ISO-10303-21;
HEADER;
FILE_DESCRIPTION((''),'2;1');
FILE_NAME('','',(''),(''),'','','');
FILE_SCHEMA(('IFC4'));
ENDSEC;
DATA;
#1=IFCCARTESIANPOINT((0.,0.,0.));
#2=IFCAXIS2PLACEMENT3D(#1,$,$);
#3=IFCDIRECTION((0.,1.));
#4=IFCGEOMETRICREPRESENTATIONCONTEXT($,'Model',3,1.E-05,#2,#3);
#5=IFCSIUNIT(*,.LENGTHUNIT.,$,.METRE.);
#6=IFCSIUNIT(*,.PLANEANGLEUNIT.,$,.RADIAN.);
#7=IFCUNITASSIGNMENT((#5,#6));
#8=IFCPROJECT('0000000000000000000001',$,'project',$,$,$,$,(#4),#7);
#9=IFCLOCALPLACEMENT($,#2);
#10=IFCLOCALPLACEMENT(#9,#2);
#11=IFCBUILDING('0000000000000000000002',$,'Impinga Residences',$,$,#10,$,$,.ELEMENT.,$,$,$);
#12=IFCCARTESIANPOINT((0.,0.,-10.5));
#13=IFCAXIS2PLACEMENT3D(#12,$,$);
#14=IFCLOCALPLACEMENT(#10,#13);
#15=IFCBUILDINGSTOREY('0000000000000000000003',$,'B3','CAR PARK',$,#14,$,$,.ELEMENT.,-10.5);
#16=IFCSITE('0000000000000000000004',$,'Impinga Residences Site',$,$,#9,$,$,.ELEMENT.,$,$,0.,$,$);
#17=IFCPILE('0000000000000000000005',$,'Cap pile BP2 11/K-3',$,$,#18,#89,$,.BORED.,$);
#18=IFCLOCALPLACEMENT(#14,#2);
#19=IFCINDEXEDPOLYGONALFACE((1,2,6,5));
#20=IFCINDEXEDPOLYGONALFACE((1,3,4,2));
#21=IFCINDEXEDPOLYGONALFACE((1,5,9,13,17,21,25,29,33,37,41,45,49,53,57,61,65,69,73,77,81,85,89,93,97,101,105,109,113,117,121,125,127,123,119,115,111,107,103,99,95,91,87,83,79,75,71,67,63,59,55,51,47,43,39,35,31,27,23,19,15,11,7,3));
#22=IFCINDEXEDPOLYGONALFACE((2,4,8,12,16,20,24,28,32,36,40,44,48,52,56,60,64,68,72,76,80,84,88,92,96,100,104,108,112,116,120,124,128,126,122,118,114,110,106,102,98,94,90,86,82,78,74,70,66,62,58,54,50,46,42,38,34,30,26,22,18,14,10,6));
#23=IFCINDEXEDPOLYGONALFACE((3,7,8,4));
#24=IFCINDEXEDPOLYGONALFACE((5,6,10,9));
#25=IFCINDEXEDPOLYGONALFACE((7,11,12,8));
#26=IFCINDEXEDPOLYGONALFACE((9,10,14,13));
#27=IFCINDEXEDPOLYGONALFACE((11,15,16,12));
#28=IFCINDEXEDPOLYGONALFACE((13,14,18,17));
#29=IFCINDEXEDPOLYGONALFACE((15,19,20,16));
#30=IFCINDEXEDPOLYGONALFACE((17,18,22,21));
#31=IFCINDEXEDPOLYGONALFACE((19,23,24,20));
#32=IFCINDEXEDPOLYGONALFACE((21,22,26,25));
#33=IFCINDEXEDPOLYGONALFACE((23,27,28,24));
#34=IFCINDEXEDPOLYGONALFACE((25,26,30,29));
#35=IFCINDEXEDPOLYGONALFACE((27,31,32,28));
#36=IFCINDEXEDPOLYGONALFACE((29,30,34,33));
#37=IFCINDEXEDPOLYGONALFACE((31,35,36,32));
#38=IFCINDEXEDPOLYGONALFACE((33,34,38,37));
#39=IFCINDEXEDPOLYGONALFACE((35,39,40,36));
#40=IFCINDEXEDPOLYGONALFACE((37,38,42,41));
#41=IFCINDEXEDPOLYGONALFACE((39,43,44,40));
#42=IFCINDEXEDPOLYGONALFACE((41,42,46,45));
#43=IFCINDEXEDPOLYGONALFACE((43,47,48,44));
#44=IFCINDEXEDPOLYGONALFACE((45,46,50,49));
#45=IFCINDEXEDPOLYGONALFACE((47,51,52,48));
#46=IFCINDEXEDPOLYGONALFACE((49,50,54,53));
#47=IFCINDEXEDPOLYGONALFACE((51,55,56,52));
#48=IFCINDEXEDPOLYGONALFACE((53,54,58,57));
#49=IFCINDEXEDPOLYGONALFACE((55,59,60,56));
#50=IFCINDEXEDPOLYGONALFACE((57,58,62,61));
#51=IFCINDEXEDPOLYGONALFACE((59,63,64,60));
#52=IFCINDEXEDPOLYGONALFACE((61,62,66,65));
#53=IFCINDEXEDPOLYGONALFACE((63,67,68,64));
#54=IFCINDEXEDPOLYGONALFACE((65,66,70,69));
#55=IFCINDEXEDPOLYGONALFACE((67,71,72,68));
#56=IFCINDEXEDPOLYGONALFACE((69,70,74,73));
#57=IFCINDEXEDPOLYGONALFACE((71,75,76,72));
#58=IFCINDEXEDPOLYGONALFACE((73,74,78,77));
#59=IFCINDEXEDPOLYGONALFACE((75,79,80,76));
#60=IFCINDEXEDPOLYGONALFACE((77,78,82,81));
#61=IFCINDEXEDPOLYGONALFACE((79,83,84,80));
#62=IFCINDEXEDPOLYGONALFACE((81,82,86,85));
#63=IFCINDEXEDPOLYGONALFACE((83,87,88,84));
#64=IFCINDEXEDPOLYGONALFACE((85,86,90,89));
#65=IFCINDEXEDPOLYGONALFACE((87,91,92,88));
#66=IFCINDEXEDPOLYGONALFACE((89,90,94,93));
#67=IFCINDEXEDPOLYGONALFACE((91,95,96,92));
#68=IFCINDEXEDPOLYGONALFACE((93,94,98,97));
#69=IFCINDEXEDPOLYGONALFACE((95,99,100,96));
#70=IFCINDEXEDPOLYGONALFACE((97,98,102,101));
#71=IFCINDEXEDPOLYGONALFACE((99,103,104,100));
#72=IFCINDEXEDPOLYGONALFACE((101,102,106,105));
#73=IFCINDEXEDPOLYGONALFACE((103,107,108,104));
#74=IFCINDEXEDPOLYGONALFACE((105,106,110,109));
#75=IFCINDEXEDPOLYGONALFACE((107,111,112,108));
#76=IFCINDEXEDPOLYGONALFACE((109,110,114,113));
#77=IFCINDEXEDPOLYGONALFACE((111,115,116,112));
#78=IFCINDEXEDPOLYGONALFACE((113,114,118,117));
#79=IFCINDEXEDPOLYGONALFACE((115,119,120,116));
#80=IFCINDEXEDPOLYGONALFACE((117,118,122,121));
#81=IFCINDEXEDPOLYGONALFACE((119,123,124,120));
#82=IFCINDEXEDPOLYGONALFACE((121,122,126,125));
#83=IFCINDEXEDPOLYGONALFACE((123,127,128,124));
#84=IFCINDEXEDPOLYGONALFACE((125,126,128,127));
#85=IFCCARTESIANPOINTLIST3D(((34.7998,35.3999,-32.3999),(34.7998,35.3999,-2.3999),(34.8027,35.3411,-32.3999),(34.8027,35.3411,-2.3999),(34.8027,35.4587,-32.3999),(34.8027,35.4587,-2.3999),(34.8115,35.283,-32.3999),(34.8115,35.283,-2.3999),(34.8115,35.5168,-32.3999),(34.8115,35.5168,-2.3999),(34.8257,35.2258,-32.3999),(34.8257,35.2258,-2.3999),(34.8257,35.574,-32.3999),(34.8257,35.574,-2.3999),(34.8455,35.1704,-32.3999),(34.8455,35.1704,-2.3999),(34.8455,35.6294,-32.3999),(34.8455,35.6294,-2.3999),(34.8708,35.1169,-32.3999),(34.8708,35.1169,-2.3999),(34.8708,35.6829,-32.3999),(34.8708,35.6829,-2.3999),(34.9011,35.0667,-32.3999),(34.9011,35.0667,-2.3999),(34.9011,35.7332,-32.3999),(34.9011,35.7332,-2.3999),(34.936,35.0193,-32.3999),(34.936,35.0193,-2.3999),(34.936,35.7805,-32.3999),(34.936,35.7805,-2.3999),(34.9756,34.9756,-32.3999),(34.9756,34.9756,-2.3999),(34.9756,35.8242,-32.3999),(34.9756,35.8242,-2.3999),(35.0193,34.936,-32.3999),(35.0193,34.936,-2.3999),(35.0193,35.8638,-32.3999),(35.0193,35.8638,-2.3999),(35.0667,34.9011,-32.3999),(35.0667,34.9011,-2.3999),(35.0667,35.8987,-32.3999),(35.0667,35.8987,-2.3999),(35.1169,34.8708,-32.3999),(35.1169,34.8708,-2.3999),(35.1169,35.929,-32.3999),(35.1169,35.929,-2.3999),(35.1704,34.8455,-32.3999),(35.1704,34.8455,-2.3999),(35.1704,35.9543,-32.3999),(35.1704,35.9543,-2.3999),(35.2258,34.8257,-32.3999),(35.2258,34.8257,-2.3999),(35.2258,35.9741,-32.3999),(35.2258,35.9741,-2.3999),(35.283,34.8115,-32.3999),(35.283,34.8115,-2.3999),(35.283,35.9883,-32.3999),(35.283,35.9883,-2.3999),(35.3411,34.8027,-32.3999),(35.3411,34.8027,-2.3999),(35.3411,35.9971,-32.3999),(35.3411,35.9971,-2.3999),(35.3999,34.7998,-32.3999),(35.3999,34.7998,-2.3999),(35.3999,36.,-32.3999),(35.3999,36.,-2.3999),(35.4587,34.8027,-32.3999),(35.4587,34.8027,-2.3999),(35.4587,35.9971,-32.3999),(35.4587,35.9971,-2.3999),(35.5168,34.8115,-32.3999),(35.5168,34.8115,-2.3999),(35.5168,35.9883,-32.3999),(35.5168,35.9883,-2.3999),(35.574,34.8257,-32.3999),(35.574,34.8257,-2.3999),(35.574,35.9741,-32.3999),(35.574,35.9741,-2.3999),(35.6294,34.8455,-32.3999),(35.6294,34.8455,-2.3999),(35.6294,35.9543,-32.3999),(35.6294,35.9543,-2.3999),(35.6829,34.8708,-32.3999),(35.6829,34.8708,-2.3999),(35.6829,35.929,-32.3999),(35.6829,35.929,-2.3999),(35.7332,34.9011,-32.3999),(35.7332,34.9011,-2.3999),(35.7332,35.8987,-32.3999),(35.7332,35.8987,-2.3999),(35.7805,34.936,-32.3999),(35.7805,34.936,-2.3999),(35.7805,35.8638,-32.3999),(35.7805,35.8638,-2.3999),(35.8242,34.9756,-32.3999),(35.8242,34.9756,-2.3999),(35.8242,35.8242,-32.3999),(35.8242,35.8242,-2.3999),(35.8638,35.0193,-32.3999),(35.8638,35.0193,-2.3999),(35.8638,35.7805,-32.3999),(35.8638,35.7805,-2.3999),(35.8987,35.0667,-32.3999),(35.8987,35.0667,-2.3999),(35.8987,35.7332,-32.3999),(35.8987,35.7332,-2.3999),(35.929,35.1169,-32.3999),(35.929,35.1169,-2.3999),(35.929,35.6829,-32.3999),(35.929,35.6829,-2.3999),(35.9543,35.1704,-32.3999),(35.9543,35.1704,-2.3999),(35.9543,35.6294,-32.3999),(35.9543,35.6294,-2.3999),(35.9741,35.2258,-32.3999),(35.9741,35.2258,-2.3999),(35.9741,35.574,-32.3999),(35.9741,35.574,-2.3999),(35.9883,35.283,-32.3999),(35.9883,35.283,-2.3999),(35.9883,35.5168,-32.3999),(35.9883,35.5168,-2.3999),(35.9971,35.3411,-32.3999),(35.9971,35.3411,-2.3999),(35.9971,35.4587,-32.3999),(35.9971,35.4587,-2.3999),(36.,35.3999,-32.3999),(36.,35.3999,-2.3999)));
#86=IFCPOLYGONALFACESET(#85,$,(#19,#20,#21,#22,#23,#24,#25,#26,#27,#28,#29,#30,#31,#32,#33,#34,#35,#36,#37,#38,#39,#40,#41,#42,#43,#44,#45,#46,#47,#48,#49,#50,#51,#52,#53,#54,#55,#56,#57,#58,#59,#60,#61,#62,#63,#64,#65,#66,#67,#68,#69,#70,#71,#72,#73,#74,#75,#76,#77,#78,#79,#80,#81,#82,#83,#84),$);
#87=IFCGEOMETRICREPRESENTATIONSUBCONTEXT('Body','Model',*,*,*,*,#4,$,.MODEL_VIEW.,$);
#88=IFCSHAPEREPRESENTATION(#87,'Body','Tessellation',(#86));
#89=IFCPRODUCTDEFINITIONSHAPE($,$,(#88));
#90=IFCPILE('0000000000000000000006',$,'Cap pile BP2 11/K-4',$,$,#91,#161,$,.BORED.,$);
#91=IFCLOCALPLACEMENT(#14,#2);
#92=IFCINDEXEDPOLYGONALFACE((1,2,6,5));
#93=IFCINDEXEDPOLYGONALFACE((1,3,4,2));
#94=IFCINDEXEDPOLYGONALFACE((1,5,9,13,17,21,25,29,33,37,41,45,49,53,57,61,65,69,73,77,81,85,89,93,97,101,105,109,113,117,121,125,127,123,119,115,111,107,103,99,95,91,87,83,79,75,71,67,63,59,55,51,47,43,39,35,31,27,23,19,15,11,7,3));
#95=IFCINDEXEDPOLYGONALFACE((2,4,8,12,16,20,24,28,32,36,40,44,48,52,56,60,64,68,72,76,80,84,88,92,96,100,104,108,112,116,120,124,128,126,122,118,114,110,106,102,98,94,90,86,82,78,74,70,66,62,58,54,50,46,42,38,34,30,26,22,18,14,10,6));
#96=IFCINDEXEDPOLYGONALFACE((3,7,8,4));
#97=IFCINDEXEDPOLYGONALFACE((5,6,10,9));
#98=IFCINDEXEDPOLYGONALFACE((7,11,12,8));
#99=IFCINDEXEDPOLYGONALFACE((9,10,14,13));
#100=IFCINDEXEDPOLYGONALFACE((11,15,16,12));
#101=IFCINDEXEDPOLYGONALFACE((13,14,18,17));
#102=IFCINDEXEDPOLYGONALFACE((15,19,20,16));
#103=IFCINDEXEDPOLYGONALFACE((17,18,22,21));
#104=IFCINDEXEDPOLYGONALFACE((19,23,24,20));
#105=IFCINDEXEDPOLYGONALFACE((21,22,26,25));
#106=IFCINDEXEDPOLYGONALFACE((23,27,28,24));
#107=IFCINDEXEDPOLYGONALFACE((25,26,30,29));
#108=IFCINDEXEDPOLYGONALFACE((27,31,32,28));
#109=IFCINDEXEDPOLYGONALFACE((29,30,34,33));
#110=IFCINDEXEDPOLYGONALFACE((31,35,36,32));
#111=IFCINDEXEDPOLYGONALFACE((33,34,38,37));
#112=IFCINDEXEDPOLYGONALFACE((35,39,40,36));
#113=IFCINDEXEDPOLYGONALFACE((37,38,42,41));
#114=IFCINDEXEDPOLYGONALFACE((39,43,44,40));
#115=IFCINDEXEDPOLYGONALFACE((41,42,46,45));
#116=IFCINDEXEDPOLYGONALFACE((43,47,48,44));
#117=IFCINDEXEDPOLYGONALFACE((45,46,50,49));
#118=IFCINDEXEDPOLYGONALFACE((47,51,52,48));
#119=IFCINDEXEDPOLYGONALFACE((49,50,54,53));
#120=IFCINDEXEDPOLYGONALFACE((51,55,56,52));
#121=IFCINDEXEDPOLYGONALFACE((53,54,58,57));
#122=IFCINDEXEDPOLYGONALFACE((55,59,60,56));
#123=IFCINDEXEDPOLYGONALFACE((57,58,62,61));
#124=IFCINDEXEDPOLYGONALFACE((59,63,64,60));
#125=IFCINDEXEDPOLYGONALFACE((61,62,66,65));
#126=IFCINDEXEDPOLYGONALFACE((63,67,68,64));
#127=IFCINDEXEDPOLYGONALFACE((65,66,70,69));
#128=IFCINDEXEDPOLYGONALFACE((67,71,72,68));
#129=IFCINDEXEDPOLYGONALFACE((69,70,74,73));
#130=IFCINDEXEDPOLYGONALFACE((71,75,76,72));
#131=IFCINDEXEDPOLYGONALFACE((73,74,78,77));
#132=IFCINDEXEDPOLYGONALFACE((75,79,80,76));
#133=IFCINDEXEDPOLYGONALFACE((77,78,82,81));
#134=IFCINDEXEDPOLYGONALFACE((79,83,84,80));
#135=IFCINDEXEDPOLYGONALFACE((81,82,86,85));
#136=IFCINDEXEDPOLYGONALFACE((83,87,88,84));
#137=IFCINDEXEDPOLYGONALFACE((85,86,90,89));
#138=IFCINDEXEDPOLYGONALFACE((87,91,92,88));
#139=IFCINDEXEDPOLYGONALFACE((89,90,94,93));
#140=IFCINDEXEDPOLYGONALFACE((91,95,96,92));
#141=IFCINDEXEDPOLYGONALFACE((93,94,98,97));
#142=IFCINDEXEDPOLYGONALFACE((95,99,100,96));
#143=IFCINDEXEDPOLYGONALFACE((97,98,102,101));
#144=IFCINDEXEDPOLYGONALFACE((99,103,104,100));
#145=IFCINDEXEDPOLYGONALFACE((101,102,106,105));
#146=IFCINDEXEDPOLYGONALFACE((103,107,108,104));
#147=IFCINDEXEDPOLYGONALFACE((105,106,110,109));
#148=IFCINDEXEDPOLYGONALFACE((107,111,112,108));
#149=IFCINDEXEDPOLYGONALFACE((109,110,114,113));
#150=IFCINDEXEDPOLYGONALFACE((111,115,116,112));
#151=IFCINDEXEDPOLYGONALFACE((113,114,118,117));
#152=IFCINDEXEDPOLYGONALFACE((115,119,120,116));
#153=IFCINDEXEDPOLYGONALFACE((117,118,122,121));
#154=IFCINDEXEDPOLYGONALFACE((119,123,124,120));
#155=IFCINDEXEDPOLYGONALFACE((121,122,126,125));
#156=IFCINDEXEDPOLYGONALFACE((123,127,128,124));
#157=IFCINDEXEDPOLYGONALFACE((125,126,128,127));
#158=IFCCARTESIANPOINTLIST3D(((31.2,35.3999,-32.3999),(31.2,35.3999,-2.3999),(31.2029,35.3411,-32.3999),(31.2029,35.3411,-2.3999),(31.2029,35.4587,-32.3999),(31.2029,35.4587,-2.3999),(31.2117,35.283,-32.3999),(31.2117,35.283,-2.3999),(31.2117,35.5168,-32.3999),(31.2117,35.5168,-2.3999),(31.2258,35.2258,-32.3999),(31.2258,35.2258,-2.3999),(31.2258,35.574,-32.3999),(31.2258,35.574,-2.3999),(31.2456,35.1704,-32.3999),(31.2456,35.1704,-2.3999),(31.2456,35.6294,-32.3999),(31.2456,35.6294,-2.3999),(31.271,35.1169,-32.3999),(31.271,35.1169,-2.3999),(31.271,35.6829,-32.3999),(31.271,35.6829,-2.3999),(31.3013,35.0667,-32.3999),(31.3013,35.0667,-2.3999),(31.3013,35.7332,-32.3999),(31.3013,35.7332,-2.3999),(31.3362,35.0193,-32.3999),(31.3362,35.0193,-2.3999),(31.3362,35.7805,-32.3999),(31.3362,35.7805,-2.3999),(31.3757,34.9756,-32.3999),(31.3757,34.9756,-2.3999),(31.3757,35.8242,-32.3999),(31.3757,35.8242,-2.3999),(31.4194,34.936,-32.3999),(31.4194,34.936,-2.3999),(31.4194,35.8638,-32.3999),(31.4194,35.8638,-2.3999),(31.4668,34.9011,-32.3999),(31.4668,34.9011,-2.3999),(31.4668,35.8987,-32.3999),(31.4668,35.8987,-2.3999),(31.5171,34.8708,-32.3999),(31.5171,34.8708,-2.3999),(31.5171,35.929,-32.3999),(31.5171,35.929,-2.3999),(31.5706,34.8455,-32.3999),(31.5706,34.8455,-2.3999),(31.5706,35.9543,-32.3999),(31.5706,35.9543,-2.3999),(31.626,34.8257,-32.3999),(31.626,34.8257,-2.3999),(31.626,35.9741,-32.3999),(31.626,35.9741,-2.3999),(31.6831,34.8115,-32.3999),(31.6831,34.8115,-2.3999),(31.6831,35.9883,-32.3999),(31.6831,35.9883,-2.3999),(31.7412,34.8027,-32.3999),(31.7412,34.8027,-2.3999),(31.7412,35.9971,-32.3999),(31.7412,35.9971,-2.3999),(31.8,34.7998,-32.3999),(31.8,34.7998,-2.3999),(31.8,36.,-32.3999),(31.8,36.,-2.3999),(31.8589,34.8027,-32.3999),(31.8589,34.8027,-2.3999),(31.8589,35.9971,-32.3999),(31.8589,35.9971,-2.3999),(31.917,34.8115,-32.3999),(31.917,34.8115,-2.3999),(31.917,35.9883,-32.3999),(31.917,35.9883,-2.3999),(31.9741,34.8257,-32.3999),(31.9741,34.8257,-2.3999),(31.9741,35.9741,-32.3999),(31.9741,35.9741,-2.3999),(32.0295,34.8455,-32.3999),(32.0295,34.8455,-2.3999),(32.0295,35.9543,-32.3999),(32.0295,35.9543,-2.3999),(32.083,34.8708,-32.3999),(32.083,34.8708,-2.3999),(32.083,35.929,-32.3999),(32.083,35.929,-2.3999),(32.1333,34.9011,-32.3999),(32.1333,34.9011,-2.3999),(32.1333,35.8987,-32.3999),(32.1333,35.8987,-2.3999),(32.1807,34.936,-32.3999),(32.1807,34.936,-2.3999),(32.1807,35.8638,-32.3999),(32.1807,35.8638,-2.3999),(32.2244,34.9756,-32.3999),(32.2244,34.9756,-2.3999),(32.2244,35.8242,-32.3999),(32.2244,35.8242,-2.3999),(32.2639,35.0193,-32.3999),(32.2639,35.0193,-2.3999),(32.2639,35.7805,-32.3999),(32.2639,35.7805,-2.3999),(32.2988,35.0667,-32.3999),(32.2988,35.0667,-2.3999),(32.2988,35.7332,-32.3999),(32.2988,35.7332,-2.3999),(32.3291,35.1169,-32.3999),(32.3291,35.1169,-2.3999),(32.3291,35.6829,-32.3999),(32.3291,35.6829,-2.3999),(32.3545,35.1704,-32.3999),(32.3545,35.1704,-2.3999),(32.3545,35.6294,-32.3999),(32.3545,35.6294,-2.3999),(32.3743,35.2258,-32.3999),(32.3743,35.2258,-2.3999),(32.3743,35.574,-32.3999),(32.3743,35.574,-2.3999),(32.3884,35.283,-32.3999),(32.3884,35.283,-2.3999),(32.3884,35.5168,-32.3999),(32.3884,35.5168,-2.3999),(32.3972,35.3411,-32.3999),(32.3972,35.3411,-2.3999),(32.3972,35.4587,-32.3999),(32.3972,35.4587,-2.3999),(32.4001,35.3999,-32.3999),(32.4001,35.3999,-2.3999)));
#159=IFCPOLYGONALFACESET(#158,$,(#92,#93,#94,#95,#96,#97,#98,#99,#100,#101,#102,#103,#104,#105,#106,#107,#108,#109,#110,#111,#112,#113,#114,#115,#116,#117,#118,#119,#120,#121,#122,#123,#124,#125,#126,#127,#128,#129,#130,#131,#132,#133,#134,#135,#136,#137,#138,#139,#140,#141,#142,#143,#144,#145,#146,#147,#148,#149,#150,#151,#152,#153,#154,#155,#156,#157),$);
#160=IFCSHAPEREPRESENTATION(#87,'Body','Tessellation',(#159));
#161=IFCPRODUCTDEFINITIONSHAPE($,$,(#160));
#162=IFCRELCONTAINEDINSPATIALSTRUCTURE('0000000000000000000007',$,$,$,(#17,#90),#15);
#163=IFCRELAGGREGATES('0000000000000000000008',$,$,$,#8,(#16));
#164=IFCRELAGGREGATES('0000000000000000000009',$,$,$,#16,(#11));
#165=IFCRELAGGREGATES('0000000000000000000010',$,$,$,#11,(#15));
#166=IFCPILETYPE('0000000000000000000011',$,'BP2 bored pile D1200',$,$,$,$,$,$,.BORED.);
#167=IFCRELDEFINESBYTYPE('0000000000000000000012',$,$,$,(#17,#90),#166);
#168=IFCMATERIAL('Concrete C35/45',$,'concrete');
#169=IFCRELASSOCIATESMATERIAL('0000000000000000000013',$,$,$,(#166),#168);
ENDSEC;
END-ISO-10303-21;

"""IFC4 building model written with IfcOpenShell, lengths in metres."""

from ifc_helpers import new_model, si_unit, direction, frame, origin, origin_2d, place, context, subcontext, project, spatial, polyline, circle, outline, extrude, material, material_profile, profile_set, type_object, element, save


model = new_model("IFC4")

# Units and contexts
model_context = context("Model", 3, precision=1e-05, world=origin(), true_north=direction((0.0, 1.0)))
body_context = subcontext(model_context, "Body", "Model", "MODEL_VIEW")
ifc_project = project(units=[si_unit("LENGTHUNIT", "METRE"), si_unit("PLANEANGLEUNIT", "RADIAN")], contexts=[model_context])

# Site, building, storey
site_placement = place(None, origin())
site = spatial("IfcSite", under=ifc_project, at=site_placement, Name="Impinga Residences Site", CompositionType="ELEMENT", RefElevation=0.0)
building_placement = place(site_placement, origin())
building = spatial("IfcBuilding", under=site, at=building_placement, Name="Impinga Residences", CompositionType="ELEMENT")
storey_placement = place(building_placement, frame((0.0, 0.0, -10.5)))
storey = spatial("IfcBuildingStorey", under=building, at=storey_placement, Name="B3", Description="CAR PARK", CompositionType="ELEMENT", Elevation=-10.5)

# Piles
ifc_material_1 = material(Name="Concrete C35/45", Category="concrete")
ifc_material_profile_1 = material_profile(ifc_material_1, circle(Radius=0.6001, at=origin_2d()), Name="D1200")
ifc_profile_set_1 = profile_set([ifc_material_profile_1], Name="Concrete C35/45")
pile_type = type_object("IfcPileType", Name="BP2 bored pile D1200", PredefinedType="BORED", material=ifc_profile_set_1)
pile_1_placement = place(storey_placement, frame((35.3999, 35.3999, -2.3999), z_axis=(0.0, 0.0, -1.0), x_axis=(1.0, 0.0, 0.0)))
element("IfcPile", 1, at=pile_1_placement, inside=storey, type_object=pile_type, Name="Cap pile BP2 11/K-3", PredefinedType="BORED", context=body_context, shape_type="SweptSolid", body=[
    extrude(outline(polyline([(0.6001, 0.0), (0.5972, 0.0588), (0.5884, 0.1169), (0.5742, 0.1741), (0.5544, 0.2295), (0.5291, 0.283), (0.4988, 0.3333), (0.4639, 0.3806), (0.4243, 0.4243), (0.3806, 0.4639), (0.3333, 0.4988), (0.283, 0.5291), (0.2295, 0.5544), (0.1741, 0.5742), (0.1169, 0.5884), (0.0588, 0.5972), (0.0, 0.6001), (-0.0588, 0.5972), (-0.1169, 0.5884), (-0.1741, 0.5742), (-0.2295, 0.5544), (-0.283, 0.5291), (-0.3333, 0.4988), (-0.3806, 0.4639), (-0.4243, 0.4243), (-0.4639, 0.3806), (-0.4988, 0.3333), (-0.5291, 0.283), (-0.5544, 0.2295), (-0.5742, 0.1741), (-0.5884, 0.1169), (-0.5972, 0.0588), (-0.6001, 0.0), (-0.5972, -0.0588), (-0.5884, -0.1169), (-0.5742, -0.1741), (-0.5544, -0.2295), (-0.5291, -0.283), (-0.4988, -0.3333), (-0.4639, -0.3806), (-0.4243, -0.4243), (-0.3806, -0.4639), (-0.3333, -0.4988), (-0.283, -0.5291), (-0.2295, -0.5544), (-0.1741, -0.5742), (-0.1169, -0.5884), (-0.0588, -0.5972), (0.0, -0.6001), (0.0588, -0.5972), (0.1169, -0.5884), (0.1741, -0.5742), (0.2295, -0.5544), (0.283, -0.5291), (0.3333, -0.4988), (0.3806, -0.4639), (0.4243, -0.4243), (0.4639, -0.3806), (0.4988, -0.3333), (0.5291, -0.283), (0.5544, -0.2295), (0.5742, -0.1741), (0.5884, -0.1169), (0.5972, -0.0588), (0.6001, 0.0)])), origin(), (0.0, 0.0, 1.0), 30.0),
])
pile_2_placement = place(storey_placement, frame((31.8, 35.3999, -2.3999), z_axis=(0.0, 0.0, -1.0), x_axis=(1.0, 0.0, 0.0)))
element("IfcPile", 2, at=pile_2_placement, inside=storey, type_object=pile_type, Name="Cap pile BP2 11/K-4", PredefinedType="BORED", context=body_context, shape_type="SweptSolid", body=[
    extrude(outline(polyline([(0.6001, 0.0), (0.5972, 0.0588), (0.5884, 0.1169), (0.5742, 0.1741), (0.5544, 0.2295), (0.5291, 0.283), (0.4988, 0.3333), (0.4639, 0.3806), (0.4243, 0.4243), (0.3806, 0.4639), (0.3333, 0.4988), (0.283, 0.5291), (0.2295, 0.5544), (0.1741, 0.5742), (0.1169, 0.5884), (0.0588, 0.5972), (0.0, 0.6001), (-0.0588, 0.5972), (-0.1169, 0.5884), (-0.1741, 0.5742), (-0.2295, 0.5544), (-0.283, 0.5291), (-0.3333, 0.4988), (-0.3806, 0.4639), (-0.4243, 0.4243), (-0.4639, 0.3806), (-0.4988, 0.3333), (-0.5291, 0.283), (-0.5544, 0.2295), (-0.5742, 0.1741), (-0.5884, 0.1169), (-0.5972, 0.0588), (-0.6001, 0.0), (-0.5972, -0.0588), (-0.5884, -0.1169), (-0.5742, -0.1741), (-0.5544, -0.2295), (-0.5291, -0.283), (-0.4988, -0.3333), (-0.4639, -0.3806), (-0.4243, -0.4243), (-0.3806, -0.4639), (-0.3333, -0.4988), (-0.283, -0.5291), (-0.2295, -0.5544), (-0.1741, -0.5742), (-0.1169, -0.5884), (-0.0588, -0.5972), (0.0, -0.6001), (0.0588, -0.5972), (0.1169, -0.5884), (0.1741, -0.5742), (0.2295, -0.5544), (0.283, -0.5291), (0.3333, -0.4988), (0.3806, -0.4639), (0.4243, -0.4243), (0.4639, -0.3806), (0.4988, -0.3333), (0.5291, -0.283), (0.5544, -0.2295), (0.5742, -0.1741), (0.5884, -0.1169), (0.5972, -0.0588), (0.6001, 0.0)])), origin(), (0.0, 0.0, 1.0), 30.0),
])

save(model, "model.ifc")
